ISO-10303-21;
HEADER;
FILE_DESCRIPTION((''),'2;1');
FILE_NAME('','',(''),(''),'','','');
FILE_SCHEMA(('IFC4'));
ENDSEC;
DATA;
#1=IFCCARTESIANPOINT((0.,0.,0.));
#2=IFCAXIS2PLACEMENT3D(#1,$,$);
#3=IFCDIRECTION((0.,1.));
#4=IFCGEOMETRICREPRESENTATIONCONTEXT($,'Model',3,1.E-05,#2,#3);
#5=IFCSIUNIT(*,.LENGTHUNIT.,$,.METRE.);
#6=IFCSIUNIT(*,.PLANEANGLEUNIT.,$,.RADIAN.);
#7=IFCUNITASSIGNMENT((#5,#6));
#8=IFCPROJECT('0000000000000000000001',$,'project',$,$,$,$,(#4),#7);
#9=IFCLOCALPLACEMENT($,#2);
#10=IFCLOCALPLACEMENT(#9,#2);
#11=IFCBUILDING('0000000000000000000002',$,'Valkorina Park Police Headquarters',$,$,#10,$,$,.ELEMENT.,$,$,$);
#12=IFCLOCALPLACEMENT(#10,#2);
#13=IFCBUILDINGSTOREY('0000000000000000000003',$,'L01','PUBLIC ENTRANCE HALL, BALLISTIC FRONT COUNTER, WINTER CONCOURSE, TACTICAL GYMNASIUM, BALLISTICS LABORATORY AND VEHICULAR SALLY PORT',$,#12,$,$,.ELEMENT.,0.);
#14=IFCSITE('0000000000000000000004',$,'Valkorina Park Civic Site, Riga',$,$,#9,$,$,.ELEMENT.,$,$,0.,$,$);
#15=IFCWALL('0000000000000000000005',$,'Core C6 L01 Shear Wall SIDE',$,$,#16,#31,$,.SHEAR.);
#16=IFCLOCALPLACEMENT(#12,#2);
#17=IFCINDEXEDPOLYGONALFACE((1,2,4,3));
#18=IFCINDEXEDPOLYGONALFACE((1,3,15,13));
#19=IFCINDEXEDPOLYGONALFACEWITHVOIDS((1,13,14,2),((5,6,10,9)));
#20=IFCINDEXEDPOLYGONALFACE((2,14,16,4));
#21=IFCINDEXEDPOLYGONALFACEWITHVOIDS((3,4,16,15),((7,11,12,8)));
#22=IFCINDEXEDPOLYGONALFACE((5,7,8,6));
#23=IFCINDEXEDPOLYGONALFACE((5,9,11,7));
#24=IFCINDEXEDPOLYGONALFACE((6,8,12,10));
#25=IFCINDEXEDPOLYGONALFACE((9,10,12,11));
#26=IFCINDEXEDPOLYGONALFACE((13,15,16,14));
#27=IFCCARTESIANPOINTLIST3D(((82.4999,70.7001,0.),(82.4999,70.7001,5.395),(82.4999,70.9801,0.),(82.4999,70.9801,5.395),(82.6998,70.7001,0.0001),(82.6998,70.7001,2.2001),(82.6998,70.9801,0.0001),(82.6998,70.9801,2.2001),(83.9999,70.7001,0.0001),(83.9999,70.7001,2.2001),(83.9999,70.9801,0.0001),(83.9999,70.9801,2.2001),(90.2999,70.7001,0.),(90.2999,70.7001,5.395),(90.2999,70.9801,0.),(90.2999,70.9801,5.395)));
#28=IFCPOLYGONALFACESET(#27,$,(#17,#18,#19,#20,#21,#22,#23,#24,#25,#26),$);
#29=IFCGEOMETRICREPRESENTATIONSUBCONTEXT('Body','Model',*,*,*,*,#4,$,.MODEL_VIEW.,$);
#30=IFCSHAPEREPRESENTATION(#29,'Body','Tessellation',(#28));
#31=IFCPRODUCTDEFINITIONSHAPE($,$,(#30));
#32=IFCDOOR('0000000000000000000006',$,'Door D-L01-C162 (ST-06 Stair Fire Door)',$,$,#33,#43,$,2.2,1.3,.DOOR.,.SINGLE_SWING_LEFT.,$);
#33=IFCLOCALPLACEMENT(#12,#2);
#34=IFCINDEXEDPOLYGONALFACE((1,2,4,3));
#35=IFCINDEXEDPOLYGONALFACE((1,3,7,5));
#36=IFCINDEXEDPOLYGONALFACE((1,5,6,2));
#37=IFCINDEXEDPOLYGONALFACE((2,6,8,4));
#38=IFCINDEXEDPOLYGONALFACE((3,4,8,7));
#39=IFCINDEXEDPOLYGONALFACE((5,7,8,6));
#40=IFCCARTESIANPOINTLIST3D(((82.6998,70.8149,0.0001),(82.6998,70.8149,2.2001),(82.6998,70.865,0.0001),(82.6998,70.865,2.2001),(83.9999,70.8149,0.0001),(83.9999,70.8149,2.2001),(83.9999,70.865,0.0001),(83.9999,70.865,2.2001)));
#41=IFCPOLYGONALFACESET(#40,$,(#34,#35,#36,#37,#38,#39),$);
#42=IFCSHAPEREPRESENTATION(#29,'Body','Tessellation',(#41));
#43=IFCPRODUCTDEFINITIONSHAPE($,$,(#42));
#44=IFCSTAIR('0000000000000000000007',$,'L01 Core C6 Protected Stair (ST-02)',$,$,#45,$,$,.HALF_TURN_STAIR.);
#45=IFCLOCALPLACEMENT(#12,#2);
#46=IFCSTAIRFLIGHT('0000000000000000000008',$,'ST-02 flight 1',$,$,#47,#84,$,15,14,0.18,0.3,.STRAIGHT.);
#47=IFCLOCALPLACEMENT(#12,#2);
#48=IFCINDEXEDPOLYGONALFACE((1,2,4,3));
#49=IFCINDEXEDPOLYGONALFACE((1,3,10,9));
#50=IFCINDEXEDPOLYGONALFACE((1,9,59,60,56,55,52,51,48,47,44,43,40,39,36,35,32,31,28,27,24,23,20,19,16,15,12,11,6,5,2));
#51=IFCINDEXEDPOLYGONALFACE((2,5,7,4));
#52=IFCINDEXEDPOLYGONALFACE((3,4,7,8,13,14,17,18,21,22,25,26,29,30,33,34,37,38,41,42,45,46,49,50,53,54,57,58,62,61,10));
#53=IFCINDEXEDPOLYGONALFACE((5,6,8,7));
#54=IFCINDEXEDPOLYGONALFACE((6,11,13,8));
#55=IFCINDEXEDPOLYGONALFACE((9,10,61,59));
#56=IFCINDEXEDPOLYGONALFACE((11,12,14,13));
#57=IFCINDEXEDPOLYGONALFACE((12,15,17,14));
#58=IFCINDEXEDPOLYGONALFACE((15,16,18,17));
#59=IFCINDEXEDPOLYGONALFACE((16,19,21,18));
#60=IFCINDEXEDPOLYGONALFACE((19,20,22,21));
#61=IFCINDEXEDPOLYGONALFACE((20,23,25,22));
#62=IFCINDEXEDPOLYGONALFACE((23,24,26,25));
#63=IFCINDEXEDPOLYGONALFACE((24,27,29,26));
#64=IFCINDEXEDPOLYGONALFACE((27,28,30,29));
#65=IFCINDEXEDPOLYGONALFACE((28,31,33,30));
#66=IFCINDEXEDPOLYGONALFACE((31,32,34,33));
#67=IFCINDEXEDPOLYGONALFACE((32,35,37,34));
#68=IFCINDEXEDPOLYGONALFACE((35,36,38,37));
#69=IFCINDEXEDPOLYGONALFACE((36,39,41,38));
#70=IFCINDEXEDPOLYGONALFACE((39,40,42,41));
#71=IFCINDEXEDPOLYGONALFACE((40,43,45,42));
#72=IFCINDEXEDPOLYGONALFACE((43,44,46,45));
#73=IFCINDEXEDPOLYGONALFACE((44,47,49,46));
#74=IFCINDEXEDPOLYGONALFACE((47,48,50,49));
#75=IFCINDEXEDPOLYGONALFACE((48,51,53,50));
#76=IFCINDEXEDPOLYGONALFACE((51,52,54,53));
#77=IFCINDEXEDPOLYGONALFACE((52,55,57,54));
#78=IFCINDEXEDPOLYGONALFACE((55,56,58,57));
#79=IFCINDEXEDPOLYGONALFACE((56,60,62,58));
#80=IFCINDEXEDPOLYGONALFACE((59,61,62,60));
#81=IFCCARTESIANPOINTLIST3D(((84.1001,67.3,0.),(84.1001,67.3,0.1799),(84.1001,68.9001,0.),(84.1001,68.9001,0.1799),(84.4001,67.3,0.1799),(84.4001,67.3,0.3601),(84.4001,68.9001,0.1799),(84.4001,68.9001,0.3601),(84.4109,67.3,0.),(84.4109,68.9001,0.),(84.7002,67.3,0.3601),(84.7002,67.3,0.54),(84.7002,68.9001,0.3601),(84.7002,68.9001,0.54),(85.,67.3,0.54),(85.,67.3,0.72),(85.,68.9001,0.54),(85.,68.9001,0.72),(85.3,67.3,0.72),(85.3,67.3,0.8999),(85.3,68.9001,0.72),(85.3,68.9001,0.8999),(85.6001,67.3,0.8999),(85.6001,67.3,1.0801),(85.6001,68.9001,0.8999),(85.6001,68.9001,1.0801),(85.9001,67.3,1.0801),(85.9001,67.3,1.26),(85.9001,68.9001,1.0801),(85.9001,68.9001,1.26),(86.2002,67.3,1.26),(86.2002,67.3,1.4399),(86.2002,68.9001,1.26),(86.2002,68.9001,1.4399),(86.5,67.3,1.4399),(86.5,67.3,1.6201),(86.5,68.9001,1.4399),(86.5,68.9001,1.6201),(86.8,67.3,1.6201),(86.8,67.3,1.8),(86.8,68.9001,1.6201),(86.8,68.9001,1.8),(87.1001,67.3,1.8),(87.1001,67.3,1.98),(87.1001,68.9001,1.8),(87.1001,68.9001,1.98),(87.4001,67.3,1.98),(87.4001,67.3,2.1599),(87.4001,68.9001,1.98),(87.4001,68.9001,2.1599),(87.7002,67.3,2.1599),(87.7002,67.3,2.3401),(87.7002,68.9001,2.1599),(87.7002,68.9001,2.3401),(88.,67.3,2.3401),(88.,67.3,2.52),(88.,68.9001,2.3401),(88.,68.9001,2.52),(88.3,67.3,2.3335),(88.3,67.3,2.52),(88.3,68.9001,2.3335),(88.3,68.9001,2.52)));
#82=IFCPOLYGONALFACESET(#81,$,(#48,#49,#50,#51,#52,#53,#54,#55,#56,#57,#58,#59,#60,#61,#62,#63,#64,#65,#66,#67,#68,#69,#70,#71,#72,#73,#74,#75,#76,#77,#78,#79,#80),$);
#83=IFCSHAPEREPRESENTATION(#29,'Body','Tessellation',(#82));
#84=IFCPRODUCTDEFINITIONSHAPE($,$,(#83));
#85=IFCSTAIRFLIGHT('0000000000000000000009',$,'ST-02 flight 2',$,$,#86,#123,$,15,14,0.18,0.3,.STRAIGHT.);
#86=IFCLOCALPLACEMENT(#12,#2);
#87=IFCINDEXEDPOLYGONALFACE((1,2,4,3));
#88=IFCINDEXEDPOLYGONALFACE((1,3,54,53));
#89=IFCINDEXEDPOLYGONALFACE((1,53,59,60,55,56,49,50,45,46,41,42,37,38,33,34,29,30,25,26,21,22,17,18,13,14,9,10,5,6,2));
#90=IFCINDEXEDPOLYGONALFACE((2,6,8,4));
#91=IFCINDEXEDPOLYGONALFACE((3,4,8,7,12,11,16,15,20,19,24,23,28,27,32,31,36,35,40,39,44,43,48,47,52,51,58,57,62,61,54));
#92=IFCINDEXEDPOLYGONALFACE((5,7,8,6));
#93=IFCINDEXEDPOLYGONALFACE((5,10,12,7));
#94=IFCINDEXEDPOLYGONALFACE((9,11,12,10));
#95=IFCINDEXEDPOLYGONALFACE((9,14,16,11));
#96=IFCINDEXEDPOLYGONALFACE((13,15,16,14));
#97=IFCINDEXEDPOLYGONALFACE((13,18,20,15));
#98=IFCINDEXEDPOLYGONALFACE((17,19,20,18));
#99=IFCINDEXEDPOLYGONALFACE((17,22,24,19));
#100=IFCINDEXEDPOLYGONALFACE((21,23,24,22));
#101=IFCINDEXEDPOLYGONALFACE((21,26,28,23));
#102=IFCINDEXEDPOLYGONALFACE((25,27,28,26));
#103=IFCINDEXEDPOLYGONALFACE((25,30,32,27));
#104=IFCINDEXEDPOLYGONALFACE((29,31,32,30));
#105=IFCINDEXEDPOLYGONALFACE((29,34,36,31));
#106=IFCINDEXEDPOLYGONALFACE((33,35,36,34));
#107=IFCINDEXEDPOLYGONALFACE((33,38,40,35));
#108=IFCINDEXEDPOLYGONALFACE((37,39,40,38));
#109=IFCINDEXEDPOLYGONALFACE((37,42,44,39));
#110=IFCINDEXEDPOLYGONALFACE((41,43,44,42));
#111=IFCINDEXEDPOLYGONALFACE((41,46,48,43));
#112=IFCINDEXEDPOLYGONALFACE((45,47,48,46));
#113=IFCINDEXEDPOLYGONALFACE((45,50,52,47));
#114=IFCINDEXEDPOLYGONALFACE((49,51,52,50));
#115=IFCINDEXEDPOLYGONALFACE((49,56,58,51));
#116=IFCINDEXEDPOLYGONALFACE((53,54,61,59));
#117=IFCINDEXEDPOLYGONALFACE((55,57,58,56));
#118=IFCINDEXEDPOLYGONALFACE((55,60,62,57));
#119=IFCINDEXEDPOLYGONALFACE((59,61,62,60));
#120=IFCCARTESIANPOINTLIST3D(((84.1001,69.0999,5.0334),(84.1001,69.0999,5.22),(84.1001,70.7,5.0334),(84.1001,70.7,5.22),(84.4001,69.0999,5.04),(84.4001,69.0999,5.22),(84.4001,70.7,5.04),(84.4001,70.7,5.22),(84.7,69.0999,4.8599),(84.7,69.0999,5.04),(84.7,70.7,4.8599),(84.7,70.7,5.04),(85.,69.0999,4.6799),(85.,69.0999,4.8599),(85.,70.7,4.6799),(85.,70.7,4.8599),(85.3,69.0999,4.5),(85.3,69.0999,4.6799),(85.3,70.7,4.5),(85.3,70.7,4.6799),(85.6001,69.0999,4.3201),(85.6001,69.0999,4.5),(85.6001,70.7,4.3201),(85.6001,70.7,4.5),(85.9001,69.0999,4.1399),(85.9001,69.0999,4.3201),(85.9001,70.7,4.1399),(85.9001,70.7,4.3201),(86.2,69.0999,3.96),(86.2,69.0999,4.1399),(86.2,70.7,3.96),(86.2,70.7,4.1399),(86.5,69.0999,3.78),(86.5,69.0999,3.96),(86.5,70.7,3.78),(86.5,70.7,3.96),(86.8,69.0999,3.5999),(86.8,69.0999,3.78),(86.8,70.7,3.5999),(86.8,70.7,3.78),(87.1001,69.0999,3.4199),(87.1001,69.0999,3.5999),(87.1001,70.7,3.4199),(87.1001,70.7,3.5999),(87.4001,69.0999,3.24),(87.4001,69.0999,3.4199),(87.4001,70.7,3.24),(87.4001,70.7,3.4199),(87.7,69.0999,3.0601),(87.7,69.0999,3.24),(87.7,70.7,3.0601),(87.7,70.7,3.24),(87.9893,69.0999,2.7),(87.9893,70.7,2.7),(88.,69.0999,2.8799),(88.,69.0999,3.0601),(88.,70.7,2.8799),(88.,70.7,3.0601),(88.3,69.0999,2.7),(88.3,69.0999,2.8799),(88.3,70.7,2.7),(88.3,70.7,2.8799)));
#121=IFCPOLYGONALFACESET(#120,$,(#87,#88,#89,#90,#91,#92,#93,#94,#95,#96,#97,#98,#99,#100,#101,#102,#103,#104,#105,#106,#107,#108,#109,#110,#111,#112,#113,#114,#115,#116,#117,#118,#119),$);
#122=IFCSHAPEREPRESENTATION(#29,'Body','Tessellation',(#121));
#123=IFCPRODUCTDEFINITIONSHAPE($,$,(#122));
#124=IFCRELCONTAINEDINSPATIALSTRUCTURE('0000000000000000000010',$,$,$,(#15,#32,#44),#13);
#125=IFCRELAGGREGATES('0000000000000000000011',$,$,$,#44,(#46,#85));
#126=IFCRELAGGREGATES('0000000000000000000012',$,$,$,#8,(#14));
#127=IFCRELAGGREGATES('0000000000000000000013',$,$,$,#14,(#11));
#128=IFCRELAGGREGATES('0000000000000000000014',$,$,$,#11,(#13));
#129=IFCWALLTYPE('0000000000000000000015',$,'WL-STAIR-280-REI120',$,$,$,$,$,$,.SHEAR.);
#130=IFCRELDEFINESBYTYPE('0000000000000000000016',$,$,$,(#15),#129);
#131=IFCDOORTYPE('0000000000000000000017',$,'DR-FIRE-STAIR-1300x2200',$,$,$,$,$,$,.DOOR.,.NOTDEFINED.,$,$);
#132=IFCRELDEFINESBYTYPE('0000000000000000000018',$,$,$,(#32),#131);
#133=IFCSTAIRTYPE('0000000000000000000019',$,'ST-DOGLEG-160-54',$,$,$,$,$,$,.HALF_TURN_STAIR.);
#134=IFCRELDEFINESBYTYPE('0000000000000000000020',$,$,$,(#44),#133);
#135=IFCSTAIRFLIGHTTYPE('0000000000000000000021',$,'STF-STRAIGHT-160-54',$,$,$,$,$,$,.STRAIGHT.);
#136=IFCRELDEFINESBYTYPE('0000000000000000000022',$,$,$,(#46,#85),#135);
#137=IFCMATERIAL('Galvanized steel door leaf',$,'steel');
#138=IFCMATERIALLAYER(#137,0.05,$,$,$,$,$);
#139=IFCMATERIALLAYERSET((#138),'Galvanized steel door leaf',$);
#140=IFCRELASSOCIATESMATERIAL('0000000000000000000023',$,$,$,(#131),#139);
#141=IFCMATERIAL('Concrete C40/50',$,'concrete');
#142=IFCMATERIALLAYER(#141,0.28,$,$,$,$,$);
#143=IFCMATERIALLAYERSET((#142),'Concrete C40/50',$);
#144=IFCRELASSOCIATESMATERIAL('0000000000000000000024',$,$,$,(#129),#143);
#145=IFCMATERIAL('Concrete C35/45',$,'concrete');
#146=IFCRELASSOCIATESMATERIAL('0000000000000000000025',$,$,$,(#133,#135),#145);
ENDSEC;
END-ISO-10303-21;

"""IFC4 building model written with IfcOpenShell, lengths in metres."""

from ifc_helpers import new_model, si_unit, direction, frame, frame_2d, origin, place, context, subcontext, project, spatial, polyline, rectangle, outline, extrude, material, layer, layer_set, type_object, element, fill, aggregate, save


model = new_model("IFC4")

# Units and contexts
model_context = context("Model", 3, precision=1e-05, world=origin(), true_north=direction((0.0, 1.0)))
body_context = subcontext(model_context, "Body", "Model", "MODEL_VIEW")
ifc_project = project(units=[si_unit("LENGTHUNIT", "METRE"), si_unit("PLANEANGLEUNIT", "RADIAN")], contexts=[model_context])

# Site, building, storey
site_placement = place(None, origin())
site = spatial("IfcSite", under=ifc_project, at=site_placement, Name="Valkorina Park Civic Site, Riga", CompositionType="ELEMENT", RefElevation=0.0)
building_placement = place(site_placement, origin())
building = spatial("IfcBuilding", under=site, at=building_placement, Name="Valkorina Park Police Headquarters", CompositionType="ELEMENT")
storey_placement = place(building_placement, origin())
storey = spatial("IfcBuildingStorey", under=building, at=storey_placement, Name="L01", Description="PUBLIC ENTRANCE HALL, BALLISTIC FRONT COUNTER, WINTER CONCOURSE, TACTICAL GYMNASIUM, BALLISTICS LABORATORY AND VEHICULAR SALLY PORT", CompositionType="ELEMENT", Elevation=0.0)

# Shared definitions
ifc_material_1 = material(Name="Concrete C40/50", Category="concrete")

# Shared definitions
ifc_material_2 = material(Name="Galvanized steel door leaf", Category="steel")
ifc_layer_1 = layer(ifc_material_2, 0.05)
ifc_layer_set_1 = layer_set([ifc_layer_1], Name="Galvanized steel door leaf")
door_type_1 = type_object("IfcDoorType", Name="DR-FIRE-STAIR-1300x2200", OperationType="NOTDEFINED", PredefinedType="DOOR", material=ifc_layer_set_1)

# Shared definitions
ifc_layer_2 = layer(ifc_material_1, 0.28)
ifc_layer_set_2 = layer_set([ifc_layer_2], Name="Concrete C40/50")
wall_type_1 = type_object("IfcWallType", Name="WL-STAIR-280-REI120", PredefinedType="SHEAR", material=ifc_layer_set_2)

# Wall, opening, door
wall_1_placement = place(storey_placement, frame((82.5, 70.8401, 0.0), z_axis=(0.0, 0.0, 1.0), x_axis=(1.0, 0.0, 0.0)))
wall_1 = element("IfcWall", 1, at=wall_1_placement, inside=storey, type_object=wall_type_1, Name="Core C6 L01 Shear Wall SIDE", PredefinedType="SHEAR", context=body_context, shape_type="SweptSolid", body=[
    extrude(rectangle(XDim=7.8, YDim=0.28, at=frame_2d((3.8999, 0.0))), origin(), (0.0, 0.0, 1.0), 5.395),
])
opening_1_placement = place(wall_1_placement, frame((0.2, 0.0, 0.0)))
opening_1 = element("IfcOpeningElement", 2, at=opening_1_placement, cuts=wall_1, PredefinedType="OPENING", context=body_context, shape_type="SweptSolid", body=[
    extrude(rectangle(XDim=1.3, YDim=2.2, at=frame_2d((0.6499, 1.1001))), frame((0.0, 0.1499, 0.0), z_axis=(0.0, -1.0, 0.0), x_axis=(1.0, 0.0, 0.0)), (0.0, 0.0, 1.0), 0.3),
])
door_1_placement = place(opening_1_placement, origin())
door_1 = element("IfcDoor", 3, at=door_1_placement, inside=storey, type_object=door_type_1, Name="Door D-L01-C162 (ST-06 Stair Fire Door)", OperationType="SINGLE_SWING_LEFT", OverallHeight=2.2, OverallWidth=1.3, PredefinedType="DOOR", context=body_context, shape_type="SweptSolid", body=[
    extrude(rectangle(XDim=1.3, YDim=2.2, at=frame_2d((0.6499, 1.1001))), frame((0.0, 0.0249, 0.0), z_axis=(0.0, -1.0, 0.0), x_axis=(1.0, 0.0, 0.0)), (0.0, 0.0, 1.0), 0.05),
])
fill(opening_1, door_1)

# Stair, stair flights
ifc_material_3 = material(Name="Concrete C35/45", Category="concrete")
stair_type = type_object("IfcStairType", Name="ST-DOGLEG-160-54", PredefinedType="HALF_TURN_STAIR", material=ifc_material_3)
stair_placement = place(storey_placement, origin())
stair = element("IfcStair", 4, at=stair_placement, inside=storey, type_object=stair_type, Name="L01 Core C6 Protected Stair (ST-02)", PredefinedType="HALF_TURN_STAIR")
stair_flight_type = type_object("IfcStairFlightType", Name="STF-STRAIGHT-160-54", PredefinedType="STRAIGHT", material=ifc_material_3)
stair_flight_1_placement = place(storey_placement, frame((84.1001, 68.1001, 0.0), z_axis=(0.0, 0.0, 1.0), x_axis=(1.0, 0.0, 0.0)))
stair_flight_1 = element("IfcStairFlight", 5, at=stair_flight_1_placement, type_object=stair_flight_type, Name="ST-02 flight 1", NumberOfRisers=15, NumberOfTreads=14, PredefinedType="STRAIGHT", RiserHeight=0.18, TreadLength=0.3, context=body_context, shape_type="SweptSolid", body=[
    extrude(outline(polyline([(0.0, 0.0), (0.0, 0.1799), (0.3, 0.1799), (0.3, 0.3601), (0.6001, 0.3601), (0.6001, 0.54), (0.8999, 0.54), (0.8999, 0.72), (1.2, 0.72), (1.2, 0.8999), (1.5, 0.8999), (1.5, 1.0801), (1.8, 1.0801), (1.8, 1.26), (2.1001, 1.26), (2.1001, 1.4399), (2.3999, 1.4399), (2.3999, 1.6201), (2.7, 1.6201), (2.7, 1.8), (3.0, 1.8), (3.0, 1.98), (3.3, 1.98), (3.3, 2.1599), (3.6001, 2.1599), (3.6001, 2.3401), (3.8999, 2.3401), (3.8999, 2.52), (4.2, 2.52), (4.2, 2.7), (4.2, 2.3335), (0.3108, 0.0), (0.0, 0.0)])), frame((0.0, 0.8, 0.0), z_axis=(0.0, -1.0, 0.0), x_axis=(1.0, 0.0, 0.0)), (0.0, 0.0, 1.0), 1.6001),
])
stair_flight_2_placement = place(storey_placement, frame((88.3, 69.8999, 2.7), z_axis=(0.0, 0.0, 1.0), x_axis=(-1.0, 0.0, 0.0)))
stair_flight_2 = element("IfcStairFlight", 6, at=stair_flight_2_placement, type_object=stair_flight_type, Name="ST-02 flight 2", NumberOfRisers=15, NumberOfTreads=14, PredefinedType="STRAIGHT", RiserHeight=0.18, TreadLength=0.3, context=body_context, shape_type="SweptSolid", body=[
    extrude(outline(polyline([(0.0, 0.0), (0.0, 0.1799), (0.3, 0.1799), (0.3, 0.3601), (0.6001, 0.3601), (0.6001, 0.54), (0.8999, 0.54), (0.8999, 0.72), (1.2, 0.72), (1.2, 0.8999), (1.5, 0.8999), (1.5, 1.0801), (1.8, 1.0801), (1.8, 1.26), (2.1001, 1.26), (2.1001, 1.4399), (2.3999, 1.4399), (2.3999, 1.6201), (2.7, 1.6201), (2.7, 1.8), (3.0, 1.8), (3.0, 1.98), (3.3, 1.98), (3.3, 2.1599), (3.6001, 2.1599), (3.6001, 2.3401), (3.8999, 2.3401), (3.8999, 2.52), (4.2, 2.52), (4.2, 2.7), (4.2, 2.3335), (0.3108, 0.0), (0.0, 0.0)])), frame((0.0, 0.8, 0.0), z_axis=(0.0, -1.0, 0.0), x_axis=(1.0, 0.0, 0.0)), (0.0, 0.0, 1.0), 1.6001),
])
aggregate(stair, [stair_flight_1, stair_flight_2])

save(model, "model.ifc")
